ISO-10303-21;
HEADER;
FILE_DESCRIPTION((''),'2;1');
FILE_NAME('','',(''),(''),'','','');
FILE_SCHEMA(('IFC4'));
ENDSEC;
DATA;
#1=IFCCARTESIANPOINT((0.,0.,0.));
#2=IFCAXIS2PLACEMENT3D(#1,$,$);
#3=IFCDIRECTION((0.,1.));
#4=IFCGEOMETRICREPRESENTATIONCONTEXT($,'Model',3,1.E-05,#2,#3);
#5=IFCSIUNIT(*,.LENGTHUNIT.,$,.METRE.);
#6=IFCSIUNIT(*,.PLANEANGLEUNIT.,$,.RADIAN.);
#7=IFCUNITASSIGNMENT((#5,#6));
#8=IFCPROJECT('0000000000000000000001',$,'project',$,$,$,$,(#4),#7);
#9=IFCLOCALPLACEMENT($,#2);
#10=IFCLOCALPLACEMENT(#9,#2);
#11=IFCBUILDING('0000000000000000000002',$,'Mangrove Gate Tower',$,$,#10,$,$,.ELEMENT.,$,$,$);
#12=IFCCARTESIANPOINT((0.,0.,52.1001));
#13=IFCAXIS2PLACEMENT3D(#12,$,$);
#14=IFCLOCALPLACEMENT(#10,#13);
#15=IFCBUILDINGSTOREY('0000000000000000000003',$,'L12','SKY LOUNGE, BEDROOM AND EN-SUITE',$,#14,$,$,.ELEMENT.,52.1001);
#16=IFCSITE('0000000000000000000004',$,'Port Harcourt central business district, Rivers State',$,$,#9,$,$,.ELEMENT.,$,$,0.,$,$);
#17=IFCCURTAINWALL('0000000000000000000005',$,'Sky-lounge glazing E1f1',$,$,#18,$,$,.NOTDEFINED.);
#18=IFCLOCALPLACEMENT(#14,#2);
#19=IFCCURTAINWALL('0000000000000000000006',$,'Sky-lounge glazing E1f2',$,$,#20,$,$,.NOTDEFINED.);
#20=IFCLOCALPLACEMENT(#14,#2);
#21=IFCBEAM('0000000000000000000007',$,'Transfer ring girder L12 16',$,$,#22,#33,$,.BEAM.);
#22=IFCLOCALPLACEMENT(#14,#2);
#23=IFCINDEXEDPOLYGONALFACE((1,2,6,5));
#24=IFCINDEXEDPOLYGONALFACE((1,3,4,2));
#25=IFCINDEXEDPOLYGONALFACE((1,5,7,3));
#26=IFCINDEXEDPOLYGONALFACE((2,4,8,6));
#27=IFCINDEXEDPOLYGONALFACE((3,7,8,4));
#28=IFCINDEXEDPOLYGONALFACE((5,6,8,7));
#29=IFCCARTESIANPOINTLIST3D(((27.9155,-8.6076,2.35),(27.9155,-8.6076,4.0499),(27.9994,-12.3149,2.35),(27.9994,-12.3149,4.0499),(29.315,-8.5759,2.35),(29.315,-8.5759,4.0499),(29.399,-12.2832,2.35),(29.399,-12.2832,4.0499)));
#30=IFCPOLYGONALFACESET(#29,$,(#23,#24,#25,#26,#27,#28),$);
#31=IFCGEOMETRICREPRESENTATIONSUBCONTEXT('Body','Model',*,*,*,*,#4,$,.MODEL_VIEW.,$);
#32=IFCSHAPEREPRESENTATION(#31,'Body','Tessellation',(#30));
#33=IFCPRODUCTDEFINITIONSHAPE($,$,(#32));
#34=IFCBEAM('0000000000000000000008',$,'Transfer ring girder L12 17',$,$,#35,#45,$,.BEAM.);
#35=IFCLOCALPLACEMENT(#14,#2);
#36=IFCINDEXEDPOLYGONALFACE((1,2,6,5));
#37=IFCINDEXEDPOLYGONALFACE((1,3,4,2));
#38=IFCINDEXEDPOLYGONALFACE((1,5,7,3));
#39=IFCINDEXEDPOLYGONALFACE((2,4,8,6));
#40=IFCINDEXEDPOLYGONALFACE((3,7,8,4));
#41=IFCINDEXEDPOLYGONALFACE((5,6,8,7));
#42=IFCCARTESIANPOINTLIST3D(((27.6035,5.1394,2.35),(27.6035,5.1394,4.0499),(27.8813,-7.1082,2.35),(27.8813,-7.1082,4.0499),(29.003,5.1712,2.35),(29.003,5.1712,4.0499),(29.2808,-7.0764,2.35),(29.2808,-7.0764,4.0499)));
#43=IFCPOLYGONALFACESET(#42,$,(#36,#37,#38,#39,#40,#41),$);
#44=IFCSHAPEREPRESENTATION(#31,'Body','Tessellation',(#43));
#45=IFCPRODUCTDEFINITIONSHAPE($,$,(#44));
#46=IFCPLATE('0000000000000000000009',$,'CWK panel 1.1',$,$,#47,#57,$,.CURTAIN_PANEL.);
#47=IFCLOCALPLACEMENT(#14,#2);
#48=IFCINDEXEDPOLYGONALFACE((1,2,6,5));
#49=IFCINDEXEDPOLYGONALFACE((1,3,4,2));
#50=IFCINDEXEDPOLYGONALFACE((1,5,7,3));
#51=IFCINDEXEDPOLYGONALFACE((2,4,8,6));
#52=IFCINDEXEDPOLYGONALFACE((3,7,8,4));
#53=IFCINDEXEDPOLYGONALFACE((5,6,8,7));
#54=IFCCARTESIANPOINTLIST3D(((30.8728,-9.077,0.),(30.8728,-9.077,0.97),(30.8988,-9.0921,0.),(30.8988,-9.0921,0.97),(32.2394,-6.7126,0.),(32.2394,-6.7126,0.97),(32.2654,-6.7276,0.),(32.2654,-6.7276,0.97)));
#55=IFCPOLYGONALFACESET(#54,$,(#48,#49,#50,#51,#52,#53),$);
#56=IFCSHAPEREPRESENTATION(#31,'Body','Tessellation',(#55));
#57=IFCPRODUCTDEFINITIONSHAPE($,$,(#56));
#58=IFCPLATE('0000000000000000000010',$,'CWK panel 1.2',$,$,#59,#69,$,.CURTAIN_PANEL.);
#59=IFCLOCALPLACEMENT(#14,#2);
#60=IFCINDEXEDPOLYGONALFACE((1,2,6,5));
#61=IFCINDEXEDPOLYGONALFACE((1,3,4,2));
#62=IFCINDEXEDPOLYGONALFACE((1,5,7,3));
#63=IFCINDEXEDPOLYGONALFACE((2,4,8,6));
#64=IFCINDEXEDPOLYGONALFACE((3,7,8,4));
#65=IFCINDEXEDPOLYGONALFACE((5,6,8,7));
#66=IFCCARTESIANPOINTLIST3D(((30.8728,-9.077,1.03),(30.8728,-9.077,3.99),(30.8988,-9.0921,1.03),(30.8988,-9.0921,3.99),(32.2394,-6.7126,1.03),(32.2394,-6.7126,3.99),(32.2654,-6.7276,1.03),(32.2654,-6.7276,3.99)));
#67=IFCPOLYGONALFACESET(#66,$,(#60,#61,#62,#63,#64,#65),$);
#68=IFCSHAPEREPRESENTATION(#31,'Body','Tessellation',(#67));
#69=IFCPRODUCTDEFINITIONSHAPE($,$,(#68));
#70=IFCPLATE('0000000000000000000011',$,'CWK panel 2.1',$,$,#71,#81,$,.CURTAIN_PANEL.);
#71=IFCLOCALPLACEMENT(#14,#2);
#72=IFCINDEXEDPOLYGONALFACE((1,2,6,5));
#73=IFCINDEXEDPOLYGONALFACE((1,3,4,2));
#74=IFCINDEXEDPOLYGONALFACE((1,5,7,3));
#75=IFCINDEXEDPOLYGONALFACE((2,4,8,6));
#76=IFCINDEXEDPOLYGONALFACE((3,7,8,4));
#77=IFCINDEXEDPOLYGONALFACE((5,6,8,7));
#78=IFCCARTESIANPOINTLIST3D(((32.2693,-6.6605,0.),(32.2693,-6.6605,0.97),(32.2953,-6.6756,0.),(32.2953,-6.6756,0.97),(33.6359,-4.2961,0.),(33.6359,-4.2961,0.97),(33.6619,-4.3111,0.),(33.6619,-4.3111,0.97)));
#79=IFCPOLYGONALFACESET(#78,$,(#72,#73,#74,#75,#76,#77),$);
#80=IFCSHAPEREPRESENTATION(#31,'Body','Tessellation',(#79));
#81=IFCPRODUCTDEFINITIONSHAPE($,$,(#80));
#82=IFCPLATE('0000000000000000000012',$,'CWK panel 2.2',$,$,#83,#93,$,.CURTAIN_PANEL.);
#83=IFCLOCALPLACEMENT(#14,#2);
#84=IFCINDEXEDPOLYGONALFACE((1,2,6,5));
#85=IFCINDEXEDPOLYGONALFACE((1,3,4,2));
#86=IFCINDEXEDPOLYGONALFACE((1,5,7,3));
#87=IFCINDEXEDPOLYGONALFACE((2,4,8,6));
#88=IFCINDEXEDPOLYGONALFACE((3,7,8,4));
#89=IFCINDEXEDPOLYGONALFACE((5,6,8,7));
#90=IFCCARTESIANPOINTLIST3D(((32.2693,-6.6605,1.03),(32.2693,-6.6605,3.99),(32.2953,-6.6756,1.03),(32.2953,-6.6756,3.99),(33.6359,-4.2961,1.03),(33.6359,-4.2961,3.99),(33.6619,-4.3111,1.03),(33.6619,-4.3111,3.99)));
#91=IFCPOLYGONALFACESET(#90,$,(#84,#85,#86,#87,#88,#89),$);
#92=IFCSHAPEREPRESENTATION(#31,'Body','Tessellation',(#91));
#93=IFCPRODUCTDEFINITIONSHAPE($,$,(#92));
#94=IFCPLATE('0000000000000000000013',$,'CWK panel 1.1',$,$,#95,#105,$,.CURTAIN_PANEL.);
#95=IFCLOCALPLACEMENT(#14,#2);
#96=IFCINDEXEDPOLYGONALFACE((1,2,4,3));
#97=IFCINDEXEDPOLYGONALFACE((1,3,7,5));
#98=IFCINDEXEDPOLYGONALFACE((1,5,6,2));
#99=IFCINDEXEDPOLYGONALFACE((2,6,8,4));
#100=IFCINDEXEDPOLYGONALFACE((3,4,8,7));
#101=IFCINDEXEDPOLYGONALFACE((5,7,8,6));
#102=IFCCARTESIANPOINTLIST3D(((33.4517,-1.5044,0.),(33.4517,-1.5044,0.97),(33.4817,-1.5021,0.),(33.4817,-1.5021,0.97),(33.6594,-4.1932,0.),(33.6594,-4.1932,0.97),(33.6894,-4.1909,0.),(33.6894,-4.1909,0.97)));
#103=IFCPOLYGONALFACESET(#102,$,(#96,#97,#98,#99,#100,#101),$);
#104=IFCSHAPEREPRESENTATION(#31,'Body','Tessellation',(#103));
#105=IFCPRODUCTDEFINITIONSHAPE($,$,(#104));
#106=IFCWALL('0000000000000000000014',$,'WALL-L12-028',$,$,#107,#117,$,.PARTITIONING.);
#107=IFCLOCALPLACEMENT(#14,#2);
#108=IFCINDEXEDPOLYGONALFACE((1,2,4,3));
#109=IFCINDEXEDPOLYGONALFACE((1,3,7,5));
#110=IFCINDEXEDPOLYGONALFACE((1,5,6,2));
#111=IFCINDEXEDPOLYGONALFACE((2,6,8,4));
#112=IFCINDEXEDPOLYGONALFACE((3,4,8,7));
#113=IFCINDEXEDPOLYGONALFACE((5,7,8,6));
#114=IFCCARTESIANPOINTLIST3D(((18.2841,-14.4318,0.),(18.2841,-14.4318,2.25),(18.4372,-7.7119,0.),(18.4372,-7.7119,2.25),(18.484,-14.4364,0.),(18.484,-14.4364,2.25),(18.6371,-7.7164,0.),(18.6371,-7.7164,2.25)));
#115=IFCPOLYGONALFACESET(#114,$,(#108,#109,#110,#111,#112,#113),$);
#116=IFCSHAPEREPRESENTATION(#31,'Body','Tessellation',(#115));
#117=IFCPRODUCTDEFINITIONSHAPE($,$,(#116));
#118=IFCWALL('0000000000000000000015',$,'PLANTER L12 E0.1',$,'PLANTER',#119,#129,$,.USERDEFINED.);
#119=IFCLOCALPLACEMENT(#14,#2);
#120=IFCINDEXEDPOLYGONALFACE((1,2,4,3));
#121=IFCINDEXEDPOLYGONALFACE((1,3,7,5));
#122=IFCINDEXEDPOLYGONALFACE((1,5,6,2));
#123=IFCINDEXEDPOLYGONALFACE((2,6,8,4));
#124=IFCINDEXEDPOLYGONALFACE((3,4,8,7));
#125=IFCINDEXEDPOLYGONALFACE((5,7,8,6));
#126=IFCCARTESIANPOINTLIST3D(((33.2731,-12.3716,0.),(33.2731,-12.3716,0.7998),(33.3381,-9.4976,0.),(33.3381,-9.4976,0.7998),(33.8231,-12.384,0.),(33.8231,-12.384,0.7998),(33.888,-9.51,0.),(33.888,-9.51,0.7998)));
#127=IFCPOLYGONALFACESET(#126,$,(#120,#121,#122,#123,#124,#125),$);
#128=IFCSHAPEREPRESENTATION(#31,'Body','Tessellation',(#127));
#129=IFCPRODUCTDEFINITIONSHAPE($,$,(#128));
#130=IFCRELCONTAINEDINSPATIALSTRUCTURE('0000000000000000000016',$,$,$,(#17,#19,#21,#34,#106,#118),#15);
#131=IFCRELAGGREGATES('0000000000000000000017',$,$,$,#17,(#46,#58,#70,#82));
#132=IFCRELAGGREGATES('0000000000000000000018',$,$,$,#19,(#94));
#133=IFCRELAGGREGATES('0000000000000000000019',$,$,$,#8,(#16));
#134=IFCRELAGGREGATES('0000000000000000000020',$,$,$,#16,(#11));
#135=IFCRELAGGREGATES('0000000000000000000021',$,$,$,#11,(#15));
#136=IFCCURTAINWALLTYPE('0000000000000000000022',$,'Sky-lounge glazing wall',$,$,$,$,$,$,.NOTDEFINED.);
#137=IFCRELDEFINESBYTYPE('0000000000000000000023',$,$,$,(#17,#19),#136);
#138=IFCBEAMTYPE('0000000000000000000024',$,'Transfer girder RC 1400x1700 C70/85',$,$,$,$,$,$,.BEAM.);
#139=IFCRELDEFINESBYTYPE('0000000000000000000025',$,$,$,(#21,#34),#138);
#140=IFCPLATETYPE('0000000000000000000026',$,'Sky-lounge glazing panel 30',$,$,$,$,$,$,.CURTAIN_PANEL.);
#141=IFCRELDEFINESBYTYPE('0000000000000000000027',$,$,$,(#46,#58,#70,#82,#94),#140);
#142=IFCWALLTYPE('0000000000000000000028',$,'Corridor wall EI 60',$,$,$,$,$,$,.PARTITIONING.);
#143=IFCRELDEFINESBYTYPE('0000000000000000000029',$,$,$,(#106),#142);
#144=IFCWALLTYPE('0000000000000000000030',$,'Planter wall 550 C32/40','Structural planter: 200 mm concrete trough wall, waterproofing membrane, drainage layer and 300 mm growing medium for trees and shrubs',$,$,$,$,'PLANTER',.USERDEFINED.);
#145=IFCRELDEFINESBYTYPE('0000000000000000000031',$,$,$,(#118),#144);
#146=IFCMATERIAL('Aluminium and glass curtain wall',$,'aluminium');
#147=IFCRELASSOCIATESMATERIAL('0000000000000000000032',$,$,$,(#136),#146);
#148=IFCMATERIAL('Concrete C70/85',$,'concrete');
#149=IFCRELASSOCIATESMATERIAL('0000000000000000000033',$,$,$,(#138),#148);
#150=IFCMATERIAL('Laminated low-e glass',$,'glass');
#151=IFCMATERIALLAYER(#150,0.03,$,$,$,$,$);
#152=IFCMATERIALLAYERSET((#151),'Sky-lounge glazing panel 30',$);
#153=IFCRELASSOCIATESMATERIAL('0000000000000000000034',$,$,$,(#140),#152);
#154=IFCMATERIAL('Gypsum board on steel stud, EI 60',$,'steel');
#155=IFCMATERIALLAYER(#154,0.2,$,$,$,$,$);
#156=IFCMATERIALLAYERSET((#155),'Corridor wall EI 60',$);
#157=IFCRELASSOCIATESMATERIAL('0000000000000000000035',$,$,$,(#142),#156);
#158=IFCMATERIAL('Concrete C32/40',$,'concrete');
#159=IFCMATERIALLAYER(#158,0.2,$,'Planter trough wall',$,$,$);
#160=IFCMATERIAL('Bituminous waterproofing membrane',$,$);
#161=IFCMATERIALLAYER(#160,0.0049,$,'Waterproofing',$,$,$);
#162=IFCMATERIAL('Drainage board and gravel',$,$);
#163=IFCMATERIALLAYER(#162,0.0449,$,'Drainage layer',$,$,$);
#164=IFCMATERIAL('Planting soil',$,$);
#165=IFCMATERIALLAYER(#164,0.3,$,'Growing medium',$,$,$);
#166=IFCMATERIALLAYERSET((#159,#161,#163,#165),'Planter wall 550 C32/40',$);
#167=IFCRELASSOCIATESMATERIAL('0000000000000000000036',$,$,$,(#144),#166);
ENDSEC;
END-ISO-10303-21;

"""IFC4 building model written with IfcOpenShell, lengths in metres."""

from ifc_helpers import new_model, si_unit, direction, frame, frame_2d, origin, origin_2d, place, context, subcontext, project, spatial, rectangle, extrude, material, layer, layer_set, material_profile, profile_set, type_object, element, aggregate, save


model = new_model("IFC4")

# Units and contexts
model_context = context("Model", 3, precision=1e-05, world=origin(), true_north=direction((0.0, 1.0)))
body_context = subcontext(model_context, "Body", "Model", "MODEL_VIEW")
ifc_project = project(units=[si_unit("LENGTHUNIT", "METRE"), si_unit("PLANEANGLEUNIT", "RADIAN")], contexts=[model_context])

# Site, building, storey
site_placement = place(None, origin())
site = spatial("IfcSite", under=ifc_project, at=site_placement, Name="Port Harcourt central business district, Rivers State", CompositionType="ELEMENT", RefElevation=0.0)
building_placement = place(site_placement, origin())
building = spatial("IfcBuilding", under=site, at=building_placement, Name="Mangrove Gate Tower", CompositionType="ELEMENT")
storey_placement = place(building_placement, frame((0.0, 0.0, 52.1001)))
storey = spatial("IfcBuildingStorey", under=building, at=storey_placement, Name="L12", Description="SKY LOUNGE, BEDROOM AND EN-SUITE", CompositionType="ELEMENT", Elevation=52.1001)

# Curtain wall
ifc_material_1 = material(Name="Aluminium and glass curtain wall", Category="aluminium")
curtain_wall_type = type_object("IfcCurtainWallType", Name="Sky-lounge glazing wall", PredefinedType="NOTDEFINED", material=ifc_material_1)
curtain_wall_1_placement = place(storey_placement, origin())
curtain_wall_1 = element("IfcCurtainWall", 1, at=curtain_wall_1_placement, inside=storey, type_object=curtain_wall_type, Name="Sky-lounge glazing E1f1", PredefinedType="NOTDEFINED")

# Curtain wall
curtain_wall_2_placement = place(storey_placement, origin())
curtain_wall_2 = element("IfcCurtainWall", 2, at=curtain_wall_2_placement, inside=storey, type_object=curtain_wall_type, Name="Sky-lounge glazing E1f2", PredefinedType="NOTDEFINED")

# Beams
ifc_material_2 = material(Name="Concrete C70/85", Category="concrete")
ifc_material_profile_1 = material_profile(ifc_material_2, rectangle(XDim=1.3999, YDim=1.7, at=origin_2d()))
ifc_profile_set_1 = profile_set([ifc_material_profile_1], Name="Concrete C70/85")
beam_type_1 = type_object("IfcBeamType", Name="Transfer girder RC 1400x1700 C70/85", PredefinedType="BEAM", material=ifc_profile_set_1)
beam_1_placement = place(storey_placement, frame((28.6992, -12.2991, 3.2), z_axis=(-0.022648, 0.999743, 0.0), x_axis=(-0.999743, -0.022648, 0.0)))
element("IfcBeam", 3, at=beam_1_placement, inside=storey, type_object=beam_type_1, Name="Transfer ring girder L12 16", PredefinedType="BEAM", context=body_context, shape_type="SweptSolid", body=[
    extrude(rectangle(XDim=1.3999, YDim=1.7, at=origin_2d()), origin(), (0.0, 0.0, 1.0), 3.7083),
])
beam_2_placement = place(storey_placement, frame((28.5811, -7.0923, 3.2), z_axis=(-0.022679, 0.999743, 0.0), x_axis=(-0.999743, -0.022679, 0.0)))
element("IfcBeam", 4, at=beam_2_placement, inside=storey, type_object=beam_type_1, Name="Transfer ring girder L12 17", PredefinedType="BEAM", context=body_context, shape_type="SweptSolid", body=[
    extrude(rectangle(XDim=1.3999, YDim=1.7, at=origin_2d()), origin(), (0.0, 0.0, 1.0), 12.2507),
])

# Plates
ifc_material_3 = material(Name="Laminated low-e glass", Category="glass")
ifc_layer_1 = layer(ifc_material_3, 0.03)
ifc_layer_set_1 = layer_set([ifc_layer_1], Name="Sky-lounge glazing panel 30")
plate_type = type_object("IfcPlateType", Name="Sky-lounge glazing panel 30", PredefinedType="CURTAIN_PANEL", material=ifc_layer_set_1)
plate_1_placement = place(storey_placement, frame((31.5691, -7.9023, 0.0), z_axis=(0.0, 0.0, 1.0), x_axis=(0.500418, 0.865784, 0.0)))
plate_1 = element("IfcPlate", 5, at=plate_1_placement, type_object=plate_type, Name="CWK panel 1.1", PredefinedType="CURTAIN_PANEL", context=body_context, shape_type="SweptSolid", body=[
    extrude(rectangle(XDim=2.731, YDim=0.03, at=origin_2d()), origin(), (0.0, 0.0, 1.0), 0.97),
])
plate_2_placement = place(storey_placement, frame((31.5691, -7.9023, 1.03), z_axis=(0.0, 0.0, 1.0), x_axis=(0.500418, 0.865784, 0.0)))
plate_2 = element("IfcPlate", 6, at=plate_2_placement, type_object=plate_type, Name="CWK panel 1.2", PredefinedType="CURTAIN_PANEL", context=body_context, shape_type="SweptSolid", body=[
    extrude(rectangle(XDim=2.731, YDim=0.03, at=origin_2d()), origin(), (0.0, 0.0, 1.0), 2.96),
])
plate_3_placement = place(storey_placement, frame((32.9656, -5.4858, 0.0), z_axis=(0.0, 0.0, 1.0), x_axis=(0.500418, 0.865784, 0.0)))
plate_3 = element("IfcPlate", 7, at=plate_3_placement, type_object=plate_type, Name="CWK panel 2.1", PredefinedType="CURTAIN_PANEL", context=body_context, shape_type="SweptSolid", body=[
    extrude(rectangle(XDim=2.731, YDim=0.03, at=origin_2d()), origin(), (0.0, 0.0, 1.0), 0.97),
])
plate_4_placement = place(storey_placement, frame((32.9656, -5.4858, 1.03), z_axis=(0.0, 0.0, 1.0), x_axis=(0.500418, 0.865784, 0.0)))
plate_4 = element("IfcPlate", 8, at=plate_4_placement, type_object=plate_type, Name="CWK panel 2.2", PredefinedType="CURTAIN_PANEL", context=body_context, shape_type="SweptSolid", body=[
    extrude(rectangle(XDim=2.731, YDim=0.03, at=origin_2d()), origin(), (0.0, 0.0, 1.0), 2.96),
])
aggregate(curtain_wall_1, [plate_1, plate_2, plate_3, plate_4])
plate_5_placement = place(storey_placement, frame((33.5706, -2.8477, 0.0), z_axis=(0.0, 0.0, 1.0), x_axis=(-0.077023, 0.997029, 0.0)))
plate_5 = element("IfcPlate", 9, at=plate_5_placement, type_object=plate_type, Name="CWK panel 1.1", PredefinedType="CURTAIN_PANEL", context=body_context, shape_type="SweptSolid", body=[
    extrude(rectangle(XDim=2.6968, YDim=0.03, at=origin_2d()), origin(), (0.0, 0.0, 1.0), 0.97),
])
aggregate(curtain_wall_2, [plate_5])

# Walls
ifc_material_4 = material(Name="Gypsum board on steel stud, EI 60", Category="steel")
ifc_layer_2 = layer(ifc_material_4, 0.2)
ifc_layer_set_2 = layer_set([ifc_layer_2], Name="Corridor wall EI 60")
wall_type_1 = type_object("IfcWallType", Name="Corridor wall EI 60", PredefinedType="PARTITIONING", material=ifc_layer_set_2)
wall_1_placement = place(storey_placement, frame((18.384, -14.4341, 0.0), z_axis=(0.0, 0.0, 1.0), x_axis=(0.022773, 0.999741, 0.0)))
element("IfcWall", 10, at=wall_1_placement, inside=storey, type_object=wall_type_1, Name="WALL-L12-028", PredefinedType="PARTITIONING", context=body_context, shape_type="SweptSolid", body=[
    extrude(rectangle(XDim=6.7217, YDim=0.2, at=frame_2d((3.3608, 0.0))), origin(), (0.0, 0.0, 1.0), 2.25),
])
ifc_material_5 = material(Name="Concrete C32/40", Category="concrete")
ifc_layer_3 = layer(ifc_material_5, 0.2, Name="Planter trough wall")
ifc_material_6 = material(Name="Bituminous waterproofing membrane")
ifc_layer_4 = layer(ifc_material_6, 0.0049, Name="Waterproofing")
ifc_material_7 = material(Name="Drainage board and gravel")
ifc_layer_5 = layer(ifc_material_7, 0.0449, Name="Drainage layer")
ifc_material_8 = material(Name="Planting soil")
ifc_layer_6 = layer(ifc_material_8, 0.3, Name="Growing medium")
ifc_layer_set_3 = layer_set([ifc_layer_3, ifc_layer_4, ifc_layer_5, ifc_layer_6], Name="Planter wall 550 C32/40")
wall_type_2 = type_object("IfcWallType", Name="Planter wall 550 C32/40", Description="Structural planter: 200 mm concrete trough wall, waterproofing membrane, drainage layer and 300 mm growing medium for trees and shrubs", ElementType="PLANTER", PredefinedType="USERDEFINED", material=ifc_layer_set_3)
wall_2_placement = place(storey_placement, frame((33.5481, -12.3779, 0.0), z_axis=(0.0, 0.0, 1.0), x_axis=(0.02259, 0.999745, 0.0)))
element("IfcWall", 11, at=wall_2_placement, inside=storey, type_object=wall_type_2, Name="PLANTER L12 E0.1", ObjectType="PLANTER", PredefinedType="USERDEFINED", context=body_context, shape_type="SweptSolid", body=[
    extrude(rectangle(XDim=2.8748, YDim=0.55, at=frame_2d((1.4375, 0.0))), origin(), (0.0, 0.0, 1.0), 0.7998),
])

save(model, "model.ifc")
